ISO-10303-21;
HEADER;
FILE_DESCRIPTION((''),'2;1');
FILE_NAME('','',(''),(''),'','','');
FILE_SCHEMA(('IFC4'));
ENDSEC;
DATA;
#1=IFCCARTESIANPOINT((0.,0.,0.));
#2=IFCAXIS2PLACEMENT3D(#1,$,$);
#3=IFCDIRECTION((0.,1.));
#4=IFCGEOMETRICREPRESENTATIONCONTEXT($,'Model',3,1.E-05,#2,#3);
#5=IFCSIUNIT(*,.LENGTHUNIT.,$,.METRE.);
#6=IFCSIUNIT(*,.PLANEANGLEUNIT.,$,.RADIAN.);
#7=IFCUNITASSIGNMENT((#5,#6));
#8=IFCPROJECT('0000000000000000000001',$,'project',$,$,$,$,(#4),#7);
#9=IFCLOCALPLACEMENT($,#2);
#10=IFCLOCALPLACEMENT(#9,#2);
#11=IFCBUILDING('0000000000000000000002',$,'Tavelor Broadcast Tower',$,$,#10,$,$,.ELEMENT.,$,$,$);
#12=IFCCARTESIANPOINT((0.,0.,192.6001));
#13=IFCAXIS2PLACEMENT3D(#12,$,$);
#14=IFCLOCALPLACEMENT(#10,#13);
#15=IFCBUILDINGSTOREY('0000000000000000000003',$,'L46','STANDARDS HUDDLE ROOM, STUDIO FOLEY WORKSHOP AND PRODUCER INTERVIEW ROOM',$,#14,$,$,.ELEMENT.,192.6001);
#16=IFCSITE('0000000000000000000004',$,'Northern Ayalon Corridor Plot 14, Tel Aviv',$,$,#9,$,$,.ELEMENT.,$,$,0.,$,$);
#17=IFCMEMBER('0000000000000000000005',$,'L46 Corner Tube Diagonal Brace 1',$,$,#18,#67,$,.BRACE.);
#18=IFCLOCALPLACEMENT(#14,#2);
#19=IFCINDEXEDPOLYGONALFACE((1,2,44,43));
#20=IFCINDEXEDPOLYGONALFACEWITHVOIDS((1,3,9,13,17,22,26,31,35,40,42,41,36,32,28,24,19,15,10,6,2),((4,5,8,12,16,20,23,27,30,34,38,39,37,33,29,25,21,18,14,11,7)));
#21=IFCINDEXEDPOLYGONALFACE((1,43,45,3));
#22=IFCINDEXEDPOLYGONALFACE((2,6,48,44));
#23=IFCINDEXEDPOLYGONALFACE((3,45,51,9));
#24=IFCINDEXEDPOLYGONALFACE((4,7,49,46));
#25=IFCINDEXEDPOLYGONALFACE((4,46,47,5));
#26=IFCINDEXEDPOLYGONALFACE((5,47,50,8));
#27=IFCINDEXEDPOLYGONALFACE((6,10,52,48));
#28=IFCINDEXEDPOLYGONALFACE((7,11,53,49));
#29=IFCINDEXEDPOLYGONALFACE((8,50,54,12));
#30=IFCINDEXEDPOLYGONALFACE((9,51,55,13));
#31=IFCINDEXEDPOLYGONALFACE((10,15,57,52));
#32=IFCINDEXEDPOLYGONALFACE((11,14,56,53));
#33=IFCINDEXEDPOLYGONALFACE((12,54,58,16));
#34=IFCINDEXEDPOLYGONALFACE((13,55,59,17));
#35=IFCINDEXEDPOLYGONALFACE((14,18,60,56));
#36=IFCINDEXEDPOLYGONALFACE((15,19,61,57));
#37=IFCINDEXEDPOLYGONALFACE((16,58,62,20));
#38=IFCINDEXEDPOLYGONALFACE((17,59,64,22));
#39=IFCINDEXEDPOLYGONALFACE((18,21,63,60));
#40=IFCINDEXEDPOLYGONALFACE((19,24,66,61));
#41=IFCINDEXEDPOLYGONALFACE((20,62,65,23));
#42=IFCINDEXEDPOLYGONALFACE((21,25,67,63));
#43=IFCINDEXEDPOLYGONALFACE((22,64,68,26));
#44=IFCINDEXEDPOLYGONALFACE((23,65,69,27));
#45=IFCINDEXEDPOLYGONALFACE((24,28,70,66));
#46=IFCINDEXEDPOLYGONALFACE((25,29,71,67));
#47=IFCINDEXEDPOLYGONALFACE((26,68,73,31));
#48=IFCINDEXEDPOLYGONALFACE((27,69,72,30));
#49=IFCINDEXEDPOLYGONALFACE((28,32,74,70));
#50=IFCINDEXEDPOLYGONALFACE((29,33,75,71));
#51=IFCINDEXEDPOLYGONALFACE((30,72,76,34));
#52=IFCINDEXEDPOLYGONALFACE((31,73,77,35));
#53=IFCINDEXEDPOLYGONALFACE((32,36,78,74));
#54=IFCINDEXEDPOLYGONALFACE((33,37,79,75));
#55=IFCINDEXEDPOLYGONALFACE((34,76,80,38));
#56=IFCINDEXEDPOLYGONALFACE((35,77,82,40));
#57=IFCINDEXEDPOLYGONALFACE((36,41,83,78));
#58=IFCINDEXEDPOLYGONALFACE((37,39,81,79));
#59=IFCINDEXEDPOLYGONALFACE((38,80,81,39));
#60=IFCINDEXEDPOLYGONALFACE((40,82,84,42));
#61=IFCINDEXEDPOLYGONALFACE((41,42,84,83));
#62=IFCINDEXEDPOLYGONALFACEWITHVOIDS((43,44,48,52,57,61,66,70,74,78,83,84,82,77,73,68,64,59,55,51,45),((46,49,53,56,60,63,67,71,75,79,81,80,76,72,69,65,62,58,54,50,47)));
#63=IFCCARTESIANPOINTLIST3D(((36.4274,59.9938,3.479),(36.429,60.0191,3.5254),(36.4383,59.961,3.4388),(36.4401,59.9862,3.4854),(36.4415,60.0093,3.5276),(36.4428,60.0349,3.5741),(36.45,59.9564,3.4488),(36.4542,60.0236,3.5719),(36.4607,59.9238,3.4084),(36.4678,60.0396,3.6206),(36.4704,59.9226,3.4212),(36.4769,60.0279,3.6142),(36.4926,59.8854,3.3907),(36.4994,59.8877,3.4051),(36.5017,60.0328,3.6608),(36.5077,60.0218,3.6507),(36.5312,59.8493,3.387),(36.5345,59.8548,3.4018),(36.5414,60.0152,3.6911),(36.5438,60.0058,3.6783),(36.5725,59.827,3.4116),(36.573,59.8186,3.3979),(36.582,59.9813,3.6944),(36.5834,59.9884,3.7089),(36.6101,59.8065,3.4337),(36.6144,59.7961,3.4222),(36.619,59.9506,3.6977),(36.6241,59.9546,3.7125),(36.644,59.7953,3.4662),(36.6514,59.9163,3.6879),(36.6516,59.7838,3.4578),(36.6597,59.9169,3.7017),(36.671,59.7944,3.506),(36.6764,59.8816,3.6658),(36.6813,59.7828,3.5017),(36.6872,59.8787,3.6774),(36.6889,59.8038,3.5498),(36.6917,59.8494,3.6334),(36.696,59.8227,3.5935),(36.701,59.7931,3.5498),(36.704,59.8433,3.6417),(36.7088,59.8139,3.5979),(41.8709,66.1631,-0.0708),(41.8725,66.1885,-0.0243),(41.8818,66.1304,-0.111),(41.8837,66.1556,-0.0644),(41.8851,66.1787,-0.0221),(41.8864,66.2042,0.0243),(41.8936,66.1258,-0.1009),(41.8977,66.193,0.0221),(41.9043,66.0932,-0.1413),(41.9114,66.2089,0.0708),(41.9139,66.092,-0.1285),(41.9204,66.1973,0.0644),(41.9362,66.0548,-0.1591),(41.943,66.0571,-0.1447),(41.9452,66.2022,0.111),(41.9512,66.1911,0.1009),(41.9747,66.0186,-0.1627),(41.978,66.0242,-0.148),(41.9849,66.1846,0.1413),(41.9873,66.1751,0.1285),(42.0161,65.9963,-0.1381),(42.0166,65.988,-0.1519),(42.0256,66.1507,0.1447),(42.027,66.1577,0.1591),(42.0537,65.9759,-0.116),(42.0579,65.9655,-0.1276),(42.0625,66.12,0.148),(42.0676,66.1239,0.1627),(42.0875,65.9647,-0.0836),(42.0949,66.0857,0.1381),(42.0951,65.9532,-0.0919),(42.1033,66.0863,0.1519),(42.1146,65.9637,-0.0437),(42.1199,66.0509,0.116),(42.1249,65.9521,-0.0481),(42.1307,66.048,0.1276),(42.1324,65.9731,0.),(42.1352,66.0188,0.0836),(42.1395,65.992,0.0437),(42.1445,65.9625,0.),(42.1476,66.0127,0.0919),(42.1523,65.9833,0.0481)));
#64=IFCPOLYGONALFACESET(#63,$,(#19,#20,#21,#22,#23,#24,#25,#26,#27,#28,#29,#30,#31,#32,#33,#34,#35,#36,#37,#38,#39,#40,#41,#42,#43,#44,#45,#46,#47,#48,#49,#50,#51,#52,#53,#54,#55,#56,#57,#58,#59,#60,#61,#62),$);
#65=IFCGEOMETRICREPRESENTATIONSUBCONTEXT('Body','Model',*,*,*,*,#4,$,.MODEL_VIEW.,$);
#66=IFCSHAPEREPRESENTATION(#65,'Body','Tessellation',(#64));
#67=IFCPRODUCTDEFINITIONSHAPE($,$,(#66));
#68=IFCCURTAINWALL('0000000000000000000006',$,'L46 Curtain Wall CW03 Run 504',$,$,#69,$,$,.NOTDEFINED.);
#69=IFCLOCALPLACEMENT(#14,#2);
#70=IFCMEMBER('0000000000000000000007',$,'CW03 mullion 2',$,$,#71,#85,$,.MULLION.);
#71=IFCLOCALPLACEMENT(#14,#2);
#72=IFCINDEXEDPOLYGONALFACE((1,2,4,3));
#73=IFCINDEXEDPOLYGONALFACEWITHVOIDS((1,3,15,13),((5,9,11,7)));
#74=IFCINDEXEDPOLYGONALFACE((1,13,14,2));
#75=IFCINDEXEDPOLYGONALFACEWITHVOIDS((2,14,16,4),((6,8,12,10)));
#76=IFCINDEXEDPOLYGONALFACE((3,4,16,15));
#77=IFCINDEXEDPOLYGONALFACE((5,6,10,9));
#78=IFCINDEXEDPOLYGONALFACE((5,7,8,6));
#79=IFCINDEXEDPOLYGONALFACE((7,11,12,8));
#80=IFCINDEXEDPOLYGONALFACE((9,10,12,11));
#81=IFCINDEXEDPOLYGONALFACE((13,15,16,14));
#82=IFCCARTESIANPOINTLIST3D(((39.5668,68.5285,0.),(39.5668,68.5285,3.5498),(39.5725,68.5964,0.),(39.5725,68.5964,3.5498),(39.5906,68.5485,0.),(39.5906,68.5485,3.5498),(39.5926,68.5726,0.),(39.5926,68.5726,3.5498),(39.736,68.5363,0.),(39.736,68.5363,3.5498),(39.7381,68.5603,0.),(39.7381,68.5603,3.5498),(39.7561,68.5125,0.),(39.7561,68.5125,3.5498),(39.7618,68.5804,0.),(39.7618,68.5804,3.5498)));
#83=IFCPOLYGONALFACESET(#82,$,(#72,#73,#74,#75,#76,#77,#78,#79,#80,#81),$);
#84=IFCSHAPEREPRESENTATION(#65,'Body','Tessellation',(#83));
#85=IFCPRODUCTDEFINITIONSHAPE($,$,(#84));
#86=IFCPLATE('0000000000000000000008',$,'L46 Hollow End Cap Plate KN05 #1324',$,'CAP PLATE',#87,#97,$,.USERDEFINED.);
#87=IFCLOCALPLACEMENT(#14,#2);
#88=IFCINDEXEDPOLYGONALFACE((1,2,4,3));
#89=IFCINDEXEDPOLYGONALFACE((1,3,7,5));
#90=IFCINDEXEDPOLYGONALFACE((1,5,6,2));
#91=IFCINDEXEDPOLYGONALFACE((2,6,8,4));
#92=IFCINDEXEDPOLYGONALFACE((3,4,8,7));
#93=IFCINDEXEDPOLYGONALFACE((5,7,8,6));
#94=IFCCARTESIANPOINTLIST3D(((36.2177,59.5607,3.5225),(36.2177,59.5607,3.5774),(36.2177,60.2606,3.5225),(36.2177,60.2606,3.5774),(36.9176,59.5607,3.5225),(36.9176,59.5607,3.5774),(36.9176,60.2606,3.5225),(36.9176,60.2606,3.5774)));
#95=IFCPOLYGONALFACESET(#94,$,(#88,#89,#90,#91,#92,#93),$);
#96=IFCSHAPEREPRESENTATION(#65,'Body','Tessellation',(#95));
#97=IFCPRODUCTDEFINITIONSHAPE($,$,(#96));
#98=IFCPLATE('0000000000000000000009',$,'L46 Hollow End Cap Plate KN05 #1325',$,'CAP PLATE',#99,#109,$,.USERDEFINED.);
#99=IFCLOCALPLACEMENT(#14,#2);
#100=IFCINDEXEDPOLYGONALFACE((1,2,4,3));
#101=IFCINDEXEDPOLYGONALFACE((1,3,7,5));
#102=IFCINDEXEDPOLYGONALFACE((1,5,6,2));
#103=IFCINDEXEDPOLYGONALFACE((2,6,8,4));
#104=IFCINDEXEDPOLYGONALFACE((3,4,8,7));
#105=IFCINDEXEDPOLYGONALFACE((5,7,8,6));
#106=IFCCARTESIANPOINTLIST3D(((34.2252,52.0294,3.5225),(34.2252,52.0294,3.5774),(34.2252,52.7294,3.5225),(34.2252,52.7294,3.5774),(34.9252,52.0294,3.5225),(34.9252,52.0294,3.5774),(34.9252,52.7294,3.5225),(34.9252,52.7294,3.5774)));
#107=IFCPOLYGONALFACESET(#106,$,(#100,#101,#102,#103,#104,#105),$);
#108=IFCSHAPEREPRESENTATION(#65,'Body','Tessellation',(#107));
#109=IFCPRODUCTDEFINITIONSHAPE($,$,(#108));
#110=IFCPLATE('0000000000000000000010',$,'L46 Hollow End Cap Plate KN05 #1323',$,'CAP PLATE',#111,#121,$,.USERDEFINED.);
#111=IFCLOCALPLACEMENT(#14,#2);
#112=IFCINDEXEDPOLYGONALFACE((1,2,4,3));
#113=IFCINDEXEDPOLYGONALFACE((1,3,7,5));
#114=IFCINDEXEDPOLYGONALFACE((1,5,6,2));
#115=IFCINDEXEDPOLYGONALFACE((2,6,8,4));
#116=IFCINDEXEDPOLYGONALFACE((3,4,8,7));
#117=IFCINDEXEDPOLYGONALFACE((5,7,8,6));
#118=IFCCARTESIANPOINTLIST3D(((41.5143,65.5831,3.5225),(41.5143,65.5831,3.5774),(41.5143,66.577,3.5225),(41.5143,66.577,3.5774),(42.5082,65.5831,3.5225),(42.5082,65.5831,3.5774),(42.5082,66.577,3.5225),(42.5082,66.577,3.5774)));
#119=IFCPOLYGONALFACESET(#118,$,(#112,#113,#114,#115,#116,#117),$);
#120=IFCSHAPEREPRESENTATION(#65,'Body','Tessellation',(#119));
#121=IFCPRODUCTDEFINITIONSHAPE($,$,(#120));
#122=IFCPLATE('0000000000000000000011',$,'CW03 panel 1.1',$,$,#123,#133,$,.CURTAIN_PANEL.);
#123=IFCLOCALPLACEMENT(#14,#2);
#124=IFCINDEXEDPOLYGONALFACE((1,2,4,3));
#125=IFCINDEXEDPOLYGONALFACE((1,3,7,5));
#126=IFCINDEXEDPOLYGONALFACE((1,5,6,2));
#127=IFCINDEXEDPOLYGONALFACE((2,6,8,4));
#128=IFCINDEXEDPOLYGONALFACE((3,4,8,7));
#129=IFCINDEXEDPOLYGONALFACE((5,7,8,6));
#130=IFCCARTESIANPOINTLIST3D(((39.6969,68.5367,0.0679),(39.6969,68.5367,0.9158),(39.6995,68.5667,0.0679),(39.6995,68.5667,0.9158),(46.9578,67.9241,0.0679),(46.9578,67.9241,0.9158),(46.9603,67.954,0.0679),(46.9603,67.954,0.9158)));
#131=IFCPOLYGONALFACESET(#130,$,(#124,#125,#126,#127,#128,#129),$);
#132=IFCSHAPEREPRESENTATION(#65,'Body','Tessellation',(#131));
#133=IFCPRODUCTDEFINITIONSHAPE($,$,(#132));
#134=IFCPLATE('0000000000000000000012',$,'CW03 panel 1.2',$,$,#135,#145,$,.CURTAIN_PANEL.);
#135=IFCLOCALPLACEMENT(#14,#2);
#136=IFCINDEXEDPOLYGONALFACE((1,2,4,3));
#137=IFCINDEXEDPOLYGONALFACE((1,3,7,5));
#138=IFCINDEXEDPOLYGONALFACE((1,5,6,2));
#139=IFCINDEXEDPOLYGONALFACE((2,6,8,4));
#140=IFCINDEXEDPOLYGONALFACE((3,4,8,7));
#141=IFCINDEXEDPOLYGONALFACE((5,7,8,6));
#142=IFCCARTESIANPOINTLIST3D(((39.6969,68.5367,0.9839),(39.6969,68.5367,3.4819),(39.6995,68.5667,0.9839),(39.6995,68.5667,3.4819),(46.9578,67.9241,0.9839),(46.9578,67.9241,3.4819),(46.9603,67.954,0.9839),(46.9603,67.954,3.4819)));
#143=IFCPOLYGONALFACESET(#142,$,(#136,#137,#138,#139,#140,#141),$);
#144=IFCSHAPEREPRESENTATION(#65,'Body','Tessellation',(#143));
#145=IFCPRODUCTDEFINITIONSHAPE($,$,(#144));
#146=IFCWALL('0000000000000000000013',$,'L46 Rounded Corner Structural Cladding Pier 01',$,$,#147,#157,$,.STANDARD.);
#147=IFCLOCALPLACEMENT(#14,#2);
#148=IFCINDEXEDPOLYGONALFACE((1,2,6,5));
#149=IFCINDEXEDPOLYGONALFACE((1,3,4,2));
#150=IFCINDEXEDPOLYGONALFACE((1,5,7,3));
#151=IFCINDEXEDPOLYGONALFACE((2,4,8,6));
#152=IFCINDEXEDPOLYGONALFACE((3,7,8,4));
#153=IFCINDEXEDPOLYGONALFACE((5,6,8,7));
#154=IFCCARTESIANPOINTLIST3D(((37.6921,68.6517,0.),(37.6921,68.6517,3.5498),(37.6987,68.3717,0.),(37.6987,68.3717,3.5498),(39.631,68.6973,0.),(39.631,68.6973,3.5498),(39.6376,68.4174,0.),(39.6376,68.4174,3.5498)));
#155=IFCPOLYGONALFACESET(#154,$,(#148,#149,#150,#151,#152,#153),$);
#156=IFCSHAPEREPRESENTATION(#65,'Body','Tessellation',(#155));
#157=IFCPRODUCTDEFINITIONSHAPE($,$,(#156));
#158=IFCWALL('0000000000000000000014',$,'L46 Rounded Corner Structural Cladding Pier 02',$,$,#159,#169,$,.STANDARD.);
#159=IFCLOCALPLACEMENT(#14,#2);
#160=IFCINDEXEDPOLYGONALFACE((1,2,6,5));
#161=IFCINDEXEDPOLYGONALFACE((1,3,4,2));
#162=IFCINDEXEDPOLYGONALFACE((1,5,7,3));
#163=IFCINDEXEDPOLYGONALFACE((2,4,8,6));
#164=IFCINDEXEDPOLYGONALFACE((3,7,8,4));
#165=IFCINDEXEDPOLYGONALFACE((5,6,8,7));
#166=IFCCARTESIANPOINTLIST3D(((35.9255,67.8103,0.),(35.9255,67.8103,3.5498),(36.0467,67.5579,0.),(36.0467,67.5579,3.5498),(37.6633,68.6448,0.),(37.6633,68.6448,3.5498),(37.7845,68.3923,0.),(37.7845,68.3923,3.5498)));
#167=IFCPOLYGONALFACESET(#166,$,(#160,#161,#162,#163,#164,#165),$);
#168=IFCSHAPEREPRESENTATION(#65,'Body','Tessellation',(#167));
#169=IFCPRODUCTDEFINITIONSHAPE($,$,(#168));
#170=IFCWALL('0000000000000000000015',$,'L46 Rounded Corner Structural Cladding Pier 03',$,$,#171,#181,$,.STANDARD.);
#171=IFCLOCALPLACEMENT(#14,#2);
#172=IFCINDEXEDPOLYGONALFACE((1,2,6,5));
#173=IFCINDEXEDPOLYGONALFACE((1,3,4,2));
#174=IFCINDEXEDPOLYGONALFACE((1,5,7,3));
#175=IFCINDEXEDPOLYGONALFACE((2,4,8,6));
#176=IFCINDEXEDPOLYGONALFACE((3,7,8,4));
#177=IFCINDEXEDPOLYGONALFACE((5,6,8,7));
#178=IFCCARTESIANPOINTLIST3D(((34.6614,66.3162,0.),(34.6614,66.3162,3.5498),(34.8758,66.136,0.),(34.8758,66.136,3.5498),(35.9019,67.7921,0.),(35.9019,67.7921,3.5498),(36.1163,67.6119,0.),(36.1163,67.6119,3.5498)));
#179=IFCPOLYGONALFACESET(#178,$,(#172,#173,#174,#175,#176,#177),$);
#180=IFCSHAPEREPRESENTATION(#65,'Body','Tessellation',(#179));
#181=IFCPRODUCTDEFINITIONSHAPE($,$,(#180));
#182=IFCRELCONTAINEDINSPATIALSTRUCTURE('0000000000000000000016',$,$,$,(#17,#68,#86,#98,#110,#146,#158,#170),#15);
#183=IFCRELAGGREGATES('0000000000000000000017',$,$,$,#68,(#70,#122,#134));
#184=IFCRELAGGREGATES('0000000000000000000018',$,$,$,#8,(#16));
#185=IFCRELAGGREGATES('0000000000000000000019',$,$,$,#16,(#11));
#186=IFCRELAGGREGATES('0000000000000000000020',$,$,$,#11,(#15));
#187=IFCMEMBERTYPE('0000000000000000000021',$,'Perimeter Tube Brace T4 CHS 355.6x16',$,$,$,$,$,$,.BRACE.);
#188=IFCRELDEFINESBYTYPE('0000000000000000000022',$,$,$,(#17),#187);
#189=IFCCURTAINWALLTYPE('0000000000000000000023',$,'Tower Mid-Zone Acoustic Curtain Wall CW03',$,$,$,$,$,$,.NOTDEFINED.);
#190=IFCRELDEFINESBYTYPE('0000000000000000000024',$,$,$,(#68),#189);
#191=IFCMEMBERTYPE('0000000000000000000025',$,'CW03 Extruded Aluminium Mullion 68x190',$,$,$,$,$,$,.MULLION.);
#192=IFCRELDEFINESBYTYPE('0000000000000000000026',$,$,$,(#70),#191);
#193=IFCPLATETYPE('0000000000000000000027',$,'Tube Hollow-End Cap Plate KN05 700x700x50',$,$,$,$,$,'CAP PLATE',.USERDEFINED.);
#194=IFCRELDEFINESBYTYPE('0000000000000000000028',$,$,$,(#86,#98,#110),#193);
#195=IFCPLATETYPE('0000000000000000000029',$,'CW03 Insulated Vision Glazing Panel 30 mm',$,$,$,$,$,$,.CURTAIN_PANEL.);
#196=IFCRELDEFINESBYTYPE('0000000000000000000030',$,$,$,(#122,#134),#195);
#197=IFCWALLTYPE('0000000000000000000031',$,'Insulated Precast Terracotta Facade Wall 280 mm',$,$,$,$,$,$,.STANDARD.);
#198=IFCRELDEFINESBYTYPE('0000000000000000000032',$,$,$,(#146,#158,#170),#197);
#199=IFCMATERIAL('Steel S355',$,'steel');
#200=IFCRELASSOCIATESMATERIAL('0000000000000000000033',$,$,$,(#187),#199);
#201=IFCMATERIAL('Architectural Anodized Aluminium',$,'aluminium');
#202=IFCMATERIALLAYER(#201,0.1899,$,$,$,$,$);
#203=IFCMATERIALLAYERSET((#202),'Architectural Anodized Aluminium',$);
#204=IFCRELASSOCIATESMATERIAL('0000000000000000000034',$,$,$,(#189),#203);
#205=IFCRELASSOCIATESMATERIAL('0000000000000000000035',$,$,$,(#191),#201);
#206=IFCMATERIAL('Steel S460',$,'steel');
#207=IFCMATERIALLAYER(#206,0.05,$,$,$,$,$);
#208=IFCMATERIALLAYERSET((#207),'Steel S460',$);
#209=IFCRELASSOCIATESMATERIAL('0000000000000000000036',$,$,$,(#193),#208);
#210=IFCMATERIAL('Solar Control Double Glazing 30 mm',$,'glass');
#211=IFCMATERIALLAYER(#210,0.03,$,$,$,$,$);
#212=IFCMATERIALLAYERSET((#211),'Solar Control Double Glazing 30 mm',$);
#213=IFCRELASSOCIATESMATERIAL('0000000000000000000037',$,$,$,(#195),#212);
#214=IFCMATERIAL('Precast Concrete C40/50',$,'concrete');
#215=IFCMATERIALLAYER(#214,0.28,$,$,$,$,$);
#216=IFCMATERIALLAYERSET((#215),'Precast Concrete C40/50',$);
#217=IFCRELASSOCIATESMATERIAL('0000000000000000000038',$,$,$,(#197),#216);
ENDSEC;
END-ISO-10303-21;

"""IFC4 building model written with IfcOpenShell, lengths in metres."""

from ifc_helpers import new_model, si_unit, direction, frame, frame_2d, origin, origin_2d, place, context, subcontext, project, spatial, rectangle, hollow_rectangle, hollow_circle, extrude, source, transform, mapped, material, layer, layer_set, material_profile, profile_set, type_object, type_shapes, element, aggregate, save


model = new_model("IFC4")

# Units and contexts
model_context = context("Model", 3, precision=1e-05, world=origin(), true_north=direction((0.0, 1.0)))
body_context = subcontext(model_context, "Body", "Model", "MODEL_VIEW")
ifc_project = project(units=[si_unit("LENGTHUNIT", "METRE"), si_unit("PLANEANGLEUNIT", "RADIAN")], contexts=[model_context])

# Site, building, storey
site_placement = place(None, origin())
site = spatial("IfcSite", under=ifc_project, at=site_placement, Name="Northern Ayalon Corridor Plot 14, Tel Aviv", CompositionType="ELEMENT", RefElevation=0.0)
building_placement = place(site_placement, origin())
building = spatial("IfcBuilding", under=site, at=building_placement, Name="Tavelor Broadcast Tower", CompositionType="ELEMENT")
storey_placement = place(building_placement, frame((0.0, 0.0, 192.6001)))
storey = spatial("IfcBuildingStorey", under=building, at=storey_placement, Name="L46", Description="STANDARDS HUDDLE ROOM, STUDIO FOLEY WORKSHOP AND PRODUCER INTERVIEW ROOM", CompositionType="ELEMENT", Elevation=192.6001)

# Shared definitions
ifc_material_1 = material(Name="Steel S460", Category="steel")

# Shared definitions
ifc_material_2 = material(Name="Steel S355", Category="steel")

# Member
ifc_material_profile_1 = material_profile(ifc_material_2, hollow_circle(Radius=0.1777, WallThickness=0.0161, at=origin_2d()), Name="CHS 355.6x16")
ifc_profile_set_1 = profile_set([ifc_material_profile_1], Name="Steel S355")
member_type_1 = type_object("IfcMemberType", Name="Perimeter Tube Brace T4 CHS 355.6x16", PredefinedType="BRACE", material=ifc_profile_set_1)
member_1_placement = place(storey_placement, frame((42.0112, 66.0801, 0.0), z_axis=(-0.607491, -0.688492, 0.396148), x_axis=(0.749839, -0.661621, 0.0)))
element("IfcMember", 1, at=member_1_placement, inside=storey, type_object=member_type_1, Name="L46 Corner Tube Diagonal Brace 1", PredefinedType="BRACE", context=body_context, shape_type="SweptSolid", body=[
    extrude(hollow_circle(Radius=0.1777, WallThickness=0.0161, at=origin_2d()), origin(), (0.0, 0.0, 1.0), 8.9607),
])

# Curtain wall, member
ifc_material_3 = material(Name="Architectural Anodized Aluminium", Category="aluminium")
ifc_layer_1 = layer(ifc_material_3, 0.1899)
ifc_layer_set_1 = layer_set([ifc_layer_1], Name="Architectural Anodized Aluminium")
curtain_wall_type = type_object("IfcCurtainWallType", Name="Tower Mid-Zone Acoustic Curtain Wall CW03", PredefinedType="NOTDEFINED", material=ifc_layer_set_1)
curtain_wall_placement = place(storey_placement, origin())
curtain_wall = element("IfcCurtainWall", 2, at=curtain_wall_placement, inside=storey, type_object=curtain_wall_type, Name="L46 Curtain Wall CW03 Run 504", PredefinedType="NOTDEFINED")
ifc_material_profile_2 = material_profile(ifc_material_3, hollow_rectangle(XDim=0.0681, YDim=0.1899, WallThickness=0.022, at=origin_2d()), Name="RHS 68x190x22")
ifc_profile_set_2 = profile_set([ifc_material_profile_2], Name="Architectural Anodized Aluminium")
member_type_2 = type_object("IfcMemberType", Name="CW03 Extruded Aluminium Mullion 68x190", PredefinedType="MULLION", material=ifc_profile_set_2)
shared_shape_1 = source(origin(), body_context, "Body", "SweptSolid", [
    extrude(hollow_rectangle(XDim=0.0681, YDim=0.1899, WallThickness=0.022, at=origin_2d()), origin(), (0.0, 0.0, 1.0), 3.5498),
])
type_shapes(member_type_2, [shared_shape_1])
member_2_placement = place(storey_placement, frame((39.6643, 68.5544, 0.0), z_axis=(0.0, 0.0, 1.0), x_axis=(-0.084081, -0.996459, 0.0)))
member_2 = element("IfcMember", 3, at=member_2_placement, type_object=member_type_2, Name="CW03 mullion 2", PredefinedType="MULLION", context=body_context, shape_type="MappedRepresentation", body=[
    mapped(shared_shape_1, transform((0.0, 0.0, 0.0), scale=1.0)),
])

# Plates
ifc_layer_2 = layer(ifc_material_1, 0.05)
ifc_layer_set_2 = layer_set([ifc_layer_2], Name="Steel S460")
plate_type_1 = type_object("IfcPlateType", Name="Tube Hollow-End Cap Plate KN05 700x700x50", ElementType="CAP PLATE", PredefinedType="USERDEFINED", material=ifc_layer_set_2)
shared_shape_2 = source(origin(), body_context, "Body", "SweptSolid", [
    extrude(rectangle(XDim=0.7, YDim=0.7, at=origin_2d()), origin(), (0.0, 0.0, 1.0), 0.0549),
])
for number, where, z_axis, x_axis, name in (
    (4, (36.5676, 59.9106, 3.5225), (0.0, 0.0, 1.0), (1.0, 0.0, 0.0), "L46 Hollow End Cap Plate KN05 #1324"),
    (5, (34.5752, 52.3794, 3.5225), (0.0, 0.0, 1.0), (1.0, 0.0, 0.0), "L46 Hollow End Cap Plate KN05 #1325"),
):
    element("IfcPlate", number, at=place(storey_placement, frame(where, z_axis=z_axis, x_axis=x_axis)), inside=storey, type_object=plate_type_1, Name=name, ObjectType="CAP PLATE", PredefinedType="USERDEFINED", context=body_context, shape_type="MappedRepresentation", body=[
        mapped(shared_shape_2, transform((0.0, 0.0, 0.0), scale=1.0)),
    ])
shared_shape_3 = source(origin(), body_context, "Body", "SweptSolid", [
    extrude(rectangle(XDim=0.9939, YDim=0.9939, at=origin_2d()), origin(), (0.0, 0.0, 1.0), 0.0549),
])
type_shapes(plate_type_1, [shared_shape_2, shared_shape_3])
plate_1_placement = place(storey_placement, frame((42.0112, 66.0801, 3.5225), z_axis=(0.0, 0.0, 1.0), x_axis=(1.0, 0.0, 0.0)))
element("IfcPlate", 6, at=plate_1_placement, inside=storey, type_object=plate_type_1, Name="L46 Hollow End Cap Plate KN05 #1323", ObjectType="CAP PLATE", PredefinedType="USERDEFINED", context=body_context, shape_type="MappedRepresentation", body=[
    mapped(shared_shape_3, transform((0.0, 0.0, 0.0), scale=1.0)),
])

# Plates
ifc_material_4 = material(Name="Solar Control Double Glazing 30 mm", Category="glass")
ifc_layer_3 = layer(ifc_material_4, 0.03)
ifc_layer_set_3 = layer_set([ifc_layer_3], Name="Solar Control Double Glazing 30 mm")
plate_type_2 = type_object("IfcPlateType", Name="CW03 Insulated Vision Glazing Panel 30 mm", PredefinedType="CURTAIN_PANEL", material=ifc_layer_set_3)
shared_shape_4 = source(origin(), body_context, "Body", "SweptSolid", [
    extrude(rectangle(XDim=7.2866, YDim=0.03, at=origin_2d()), origin(), (0.0, 0.0, 1.0), 0.8479),
])
plate_2_placement = place(storey_placement, frame((43.3286, 68.2454, 0.0679), z_axis=(0.0, 0.0, 1.0), x_axis=(-0.996459, 0.084081, 0.0)))
plate_2 = element("IfcPlate", 7, at=plate_2_placement, type_object=plate_type_2, Name="CW03 panel 1.1", PredefinedType="CURTAIN_PANEL", context=body_context, shape_type="MappedRepresentation", body=[
    mapped(shared_shape_4, transform((0.0, 0.0, 0.0), scale=1.0)),
])
shared_shape_5 = source(origin(), body_context, "Body", "SweptSolid", [
    extrude(rectangle(XDim=7.2866, YDim=0.03, at=origin_2d()), origin(), (0.0, 0.0, 1.0), 2.498),
])
type_shapes(plate_type_2, [shared_shape_4, shared_shape_5])
plate_3_placement = place(storey_placement, frame((43.3286, 68.2454, 0.9839), z_axis=(0.0, 0.0, 1.0), x_axis=(-0.996459, 0.084081, 0.0)))
plate_3 = element("IfcPlate", 8, at=plate_3_placement, type_object=plate_type_2, Name="CW03 panel 1.2", PredefinedType="CURTAIN_PANEL", context=body_context, shape_type="MappedRepresentation", body=[
    mapped(shared_shape_5, transform((0.0, 0.0, 0.0), scale=1.0)),
])
aggregate(curtain_wall, [member_2, plate_2, plate_3])

# Walls
ifc_material_5 = material(Name="Precast Concrete C40/50", Category="concrete")
ifc_layer_4 = layer(ifc_material_5, 0.28)
ifc_layer_set_4 = layer_set([ifc_layer_4], Name="Precast Concrete C40/50")
wall_type_1 = type_object("IfcWallType", Name="Insulated Precast Terracotta Facade Wall 280 mm", PredefinedType="STANDARD", material=ifc_layer_set_4)
wall_1_placement = place(storey_placement, frame((39.6343, 68.5574, 0.0), z_axis=(0.0, 0.0, 1.0), x_axis=(-0.999723, -0.023539, 0.0)))
element("IfcWall", 9, at=wall_1_placement, inside=storey, type_object=wall_type_1, Name="L46 Rounded Corner Structural Cladding Pier 01", PredefinedType="STANDARD", context=body_context, shape_type="SweptSolid", body=[
    extrude(rectangle(XDim=1.9395, YDim=0.28, at=frame_2d((0.9697, 0.0))), origin(), (0.0, 0.0, 1.0), 3.5498),
])
wall_2_placement = place(storey_placement, frame((37.7239, 68.5186, 0.0), z_axis=(0.0, 0.0, 1.0), x_axis=(-0.901456, -0.432871, 0.0)))
element("IfcWall", 10, at=wall_2_placement, inside=storey, type_object=wall_type_1, Name="L46 Rounded Corner Structural Cladding Pier 02", PredefinedType="STANDARD", context=body_context, shape_type="SweptSolid", body=[
    extrude(rectangle(XDim=1.9277, YDim=0.28, at=frame_2d((0.9639, 0.0))), origin(), (0.0, 0.0, 1.0), 3.5498),
])
wall_3_placement = place(storey_placement, frame((36.009, 67.7019, 0.0), z_axis=(0.0, 0.0, 1.0), x_axis=(-0.64343, -0.765505, 0.0)))
element("IfcWall", 11, at=wall_3_placement, inside=storey, type_object=wall_type_1, Name="L46 Rounded Corner Structural Cladding Pier 03", PredefinedType="STANDARD", context=body_context, shape_type="SweptSolid", body=[
    extrude(rectangle(XDim=1.928, YDim=0.28, at=frame_2d((0.9639, 0.0))), origin(), (0.0, 0.0, 1.0), 3.5498),
])

save(model, "model.ifc")
